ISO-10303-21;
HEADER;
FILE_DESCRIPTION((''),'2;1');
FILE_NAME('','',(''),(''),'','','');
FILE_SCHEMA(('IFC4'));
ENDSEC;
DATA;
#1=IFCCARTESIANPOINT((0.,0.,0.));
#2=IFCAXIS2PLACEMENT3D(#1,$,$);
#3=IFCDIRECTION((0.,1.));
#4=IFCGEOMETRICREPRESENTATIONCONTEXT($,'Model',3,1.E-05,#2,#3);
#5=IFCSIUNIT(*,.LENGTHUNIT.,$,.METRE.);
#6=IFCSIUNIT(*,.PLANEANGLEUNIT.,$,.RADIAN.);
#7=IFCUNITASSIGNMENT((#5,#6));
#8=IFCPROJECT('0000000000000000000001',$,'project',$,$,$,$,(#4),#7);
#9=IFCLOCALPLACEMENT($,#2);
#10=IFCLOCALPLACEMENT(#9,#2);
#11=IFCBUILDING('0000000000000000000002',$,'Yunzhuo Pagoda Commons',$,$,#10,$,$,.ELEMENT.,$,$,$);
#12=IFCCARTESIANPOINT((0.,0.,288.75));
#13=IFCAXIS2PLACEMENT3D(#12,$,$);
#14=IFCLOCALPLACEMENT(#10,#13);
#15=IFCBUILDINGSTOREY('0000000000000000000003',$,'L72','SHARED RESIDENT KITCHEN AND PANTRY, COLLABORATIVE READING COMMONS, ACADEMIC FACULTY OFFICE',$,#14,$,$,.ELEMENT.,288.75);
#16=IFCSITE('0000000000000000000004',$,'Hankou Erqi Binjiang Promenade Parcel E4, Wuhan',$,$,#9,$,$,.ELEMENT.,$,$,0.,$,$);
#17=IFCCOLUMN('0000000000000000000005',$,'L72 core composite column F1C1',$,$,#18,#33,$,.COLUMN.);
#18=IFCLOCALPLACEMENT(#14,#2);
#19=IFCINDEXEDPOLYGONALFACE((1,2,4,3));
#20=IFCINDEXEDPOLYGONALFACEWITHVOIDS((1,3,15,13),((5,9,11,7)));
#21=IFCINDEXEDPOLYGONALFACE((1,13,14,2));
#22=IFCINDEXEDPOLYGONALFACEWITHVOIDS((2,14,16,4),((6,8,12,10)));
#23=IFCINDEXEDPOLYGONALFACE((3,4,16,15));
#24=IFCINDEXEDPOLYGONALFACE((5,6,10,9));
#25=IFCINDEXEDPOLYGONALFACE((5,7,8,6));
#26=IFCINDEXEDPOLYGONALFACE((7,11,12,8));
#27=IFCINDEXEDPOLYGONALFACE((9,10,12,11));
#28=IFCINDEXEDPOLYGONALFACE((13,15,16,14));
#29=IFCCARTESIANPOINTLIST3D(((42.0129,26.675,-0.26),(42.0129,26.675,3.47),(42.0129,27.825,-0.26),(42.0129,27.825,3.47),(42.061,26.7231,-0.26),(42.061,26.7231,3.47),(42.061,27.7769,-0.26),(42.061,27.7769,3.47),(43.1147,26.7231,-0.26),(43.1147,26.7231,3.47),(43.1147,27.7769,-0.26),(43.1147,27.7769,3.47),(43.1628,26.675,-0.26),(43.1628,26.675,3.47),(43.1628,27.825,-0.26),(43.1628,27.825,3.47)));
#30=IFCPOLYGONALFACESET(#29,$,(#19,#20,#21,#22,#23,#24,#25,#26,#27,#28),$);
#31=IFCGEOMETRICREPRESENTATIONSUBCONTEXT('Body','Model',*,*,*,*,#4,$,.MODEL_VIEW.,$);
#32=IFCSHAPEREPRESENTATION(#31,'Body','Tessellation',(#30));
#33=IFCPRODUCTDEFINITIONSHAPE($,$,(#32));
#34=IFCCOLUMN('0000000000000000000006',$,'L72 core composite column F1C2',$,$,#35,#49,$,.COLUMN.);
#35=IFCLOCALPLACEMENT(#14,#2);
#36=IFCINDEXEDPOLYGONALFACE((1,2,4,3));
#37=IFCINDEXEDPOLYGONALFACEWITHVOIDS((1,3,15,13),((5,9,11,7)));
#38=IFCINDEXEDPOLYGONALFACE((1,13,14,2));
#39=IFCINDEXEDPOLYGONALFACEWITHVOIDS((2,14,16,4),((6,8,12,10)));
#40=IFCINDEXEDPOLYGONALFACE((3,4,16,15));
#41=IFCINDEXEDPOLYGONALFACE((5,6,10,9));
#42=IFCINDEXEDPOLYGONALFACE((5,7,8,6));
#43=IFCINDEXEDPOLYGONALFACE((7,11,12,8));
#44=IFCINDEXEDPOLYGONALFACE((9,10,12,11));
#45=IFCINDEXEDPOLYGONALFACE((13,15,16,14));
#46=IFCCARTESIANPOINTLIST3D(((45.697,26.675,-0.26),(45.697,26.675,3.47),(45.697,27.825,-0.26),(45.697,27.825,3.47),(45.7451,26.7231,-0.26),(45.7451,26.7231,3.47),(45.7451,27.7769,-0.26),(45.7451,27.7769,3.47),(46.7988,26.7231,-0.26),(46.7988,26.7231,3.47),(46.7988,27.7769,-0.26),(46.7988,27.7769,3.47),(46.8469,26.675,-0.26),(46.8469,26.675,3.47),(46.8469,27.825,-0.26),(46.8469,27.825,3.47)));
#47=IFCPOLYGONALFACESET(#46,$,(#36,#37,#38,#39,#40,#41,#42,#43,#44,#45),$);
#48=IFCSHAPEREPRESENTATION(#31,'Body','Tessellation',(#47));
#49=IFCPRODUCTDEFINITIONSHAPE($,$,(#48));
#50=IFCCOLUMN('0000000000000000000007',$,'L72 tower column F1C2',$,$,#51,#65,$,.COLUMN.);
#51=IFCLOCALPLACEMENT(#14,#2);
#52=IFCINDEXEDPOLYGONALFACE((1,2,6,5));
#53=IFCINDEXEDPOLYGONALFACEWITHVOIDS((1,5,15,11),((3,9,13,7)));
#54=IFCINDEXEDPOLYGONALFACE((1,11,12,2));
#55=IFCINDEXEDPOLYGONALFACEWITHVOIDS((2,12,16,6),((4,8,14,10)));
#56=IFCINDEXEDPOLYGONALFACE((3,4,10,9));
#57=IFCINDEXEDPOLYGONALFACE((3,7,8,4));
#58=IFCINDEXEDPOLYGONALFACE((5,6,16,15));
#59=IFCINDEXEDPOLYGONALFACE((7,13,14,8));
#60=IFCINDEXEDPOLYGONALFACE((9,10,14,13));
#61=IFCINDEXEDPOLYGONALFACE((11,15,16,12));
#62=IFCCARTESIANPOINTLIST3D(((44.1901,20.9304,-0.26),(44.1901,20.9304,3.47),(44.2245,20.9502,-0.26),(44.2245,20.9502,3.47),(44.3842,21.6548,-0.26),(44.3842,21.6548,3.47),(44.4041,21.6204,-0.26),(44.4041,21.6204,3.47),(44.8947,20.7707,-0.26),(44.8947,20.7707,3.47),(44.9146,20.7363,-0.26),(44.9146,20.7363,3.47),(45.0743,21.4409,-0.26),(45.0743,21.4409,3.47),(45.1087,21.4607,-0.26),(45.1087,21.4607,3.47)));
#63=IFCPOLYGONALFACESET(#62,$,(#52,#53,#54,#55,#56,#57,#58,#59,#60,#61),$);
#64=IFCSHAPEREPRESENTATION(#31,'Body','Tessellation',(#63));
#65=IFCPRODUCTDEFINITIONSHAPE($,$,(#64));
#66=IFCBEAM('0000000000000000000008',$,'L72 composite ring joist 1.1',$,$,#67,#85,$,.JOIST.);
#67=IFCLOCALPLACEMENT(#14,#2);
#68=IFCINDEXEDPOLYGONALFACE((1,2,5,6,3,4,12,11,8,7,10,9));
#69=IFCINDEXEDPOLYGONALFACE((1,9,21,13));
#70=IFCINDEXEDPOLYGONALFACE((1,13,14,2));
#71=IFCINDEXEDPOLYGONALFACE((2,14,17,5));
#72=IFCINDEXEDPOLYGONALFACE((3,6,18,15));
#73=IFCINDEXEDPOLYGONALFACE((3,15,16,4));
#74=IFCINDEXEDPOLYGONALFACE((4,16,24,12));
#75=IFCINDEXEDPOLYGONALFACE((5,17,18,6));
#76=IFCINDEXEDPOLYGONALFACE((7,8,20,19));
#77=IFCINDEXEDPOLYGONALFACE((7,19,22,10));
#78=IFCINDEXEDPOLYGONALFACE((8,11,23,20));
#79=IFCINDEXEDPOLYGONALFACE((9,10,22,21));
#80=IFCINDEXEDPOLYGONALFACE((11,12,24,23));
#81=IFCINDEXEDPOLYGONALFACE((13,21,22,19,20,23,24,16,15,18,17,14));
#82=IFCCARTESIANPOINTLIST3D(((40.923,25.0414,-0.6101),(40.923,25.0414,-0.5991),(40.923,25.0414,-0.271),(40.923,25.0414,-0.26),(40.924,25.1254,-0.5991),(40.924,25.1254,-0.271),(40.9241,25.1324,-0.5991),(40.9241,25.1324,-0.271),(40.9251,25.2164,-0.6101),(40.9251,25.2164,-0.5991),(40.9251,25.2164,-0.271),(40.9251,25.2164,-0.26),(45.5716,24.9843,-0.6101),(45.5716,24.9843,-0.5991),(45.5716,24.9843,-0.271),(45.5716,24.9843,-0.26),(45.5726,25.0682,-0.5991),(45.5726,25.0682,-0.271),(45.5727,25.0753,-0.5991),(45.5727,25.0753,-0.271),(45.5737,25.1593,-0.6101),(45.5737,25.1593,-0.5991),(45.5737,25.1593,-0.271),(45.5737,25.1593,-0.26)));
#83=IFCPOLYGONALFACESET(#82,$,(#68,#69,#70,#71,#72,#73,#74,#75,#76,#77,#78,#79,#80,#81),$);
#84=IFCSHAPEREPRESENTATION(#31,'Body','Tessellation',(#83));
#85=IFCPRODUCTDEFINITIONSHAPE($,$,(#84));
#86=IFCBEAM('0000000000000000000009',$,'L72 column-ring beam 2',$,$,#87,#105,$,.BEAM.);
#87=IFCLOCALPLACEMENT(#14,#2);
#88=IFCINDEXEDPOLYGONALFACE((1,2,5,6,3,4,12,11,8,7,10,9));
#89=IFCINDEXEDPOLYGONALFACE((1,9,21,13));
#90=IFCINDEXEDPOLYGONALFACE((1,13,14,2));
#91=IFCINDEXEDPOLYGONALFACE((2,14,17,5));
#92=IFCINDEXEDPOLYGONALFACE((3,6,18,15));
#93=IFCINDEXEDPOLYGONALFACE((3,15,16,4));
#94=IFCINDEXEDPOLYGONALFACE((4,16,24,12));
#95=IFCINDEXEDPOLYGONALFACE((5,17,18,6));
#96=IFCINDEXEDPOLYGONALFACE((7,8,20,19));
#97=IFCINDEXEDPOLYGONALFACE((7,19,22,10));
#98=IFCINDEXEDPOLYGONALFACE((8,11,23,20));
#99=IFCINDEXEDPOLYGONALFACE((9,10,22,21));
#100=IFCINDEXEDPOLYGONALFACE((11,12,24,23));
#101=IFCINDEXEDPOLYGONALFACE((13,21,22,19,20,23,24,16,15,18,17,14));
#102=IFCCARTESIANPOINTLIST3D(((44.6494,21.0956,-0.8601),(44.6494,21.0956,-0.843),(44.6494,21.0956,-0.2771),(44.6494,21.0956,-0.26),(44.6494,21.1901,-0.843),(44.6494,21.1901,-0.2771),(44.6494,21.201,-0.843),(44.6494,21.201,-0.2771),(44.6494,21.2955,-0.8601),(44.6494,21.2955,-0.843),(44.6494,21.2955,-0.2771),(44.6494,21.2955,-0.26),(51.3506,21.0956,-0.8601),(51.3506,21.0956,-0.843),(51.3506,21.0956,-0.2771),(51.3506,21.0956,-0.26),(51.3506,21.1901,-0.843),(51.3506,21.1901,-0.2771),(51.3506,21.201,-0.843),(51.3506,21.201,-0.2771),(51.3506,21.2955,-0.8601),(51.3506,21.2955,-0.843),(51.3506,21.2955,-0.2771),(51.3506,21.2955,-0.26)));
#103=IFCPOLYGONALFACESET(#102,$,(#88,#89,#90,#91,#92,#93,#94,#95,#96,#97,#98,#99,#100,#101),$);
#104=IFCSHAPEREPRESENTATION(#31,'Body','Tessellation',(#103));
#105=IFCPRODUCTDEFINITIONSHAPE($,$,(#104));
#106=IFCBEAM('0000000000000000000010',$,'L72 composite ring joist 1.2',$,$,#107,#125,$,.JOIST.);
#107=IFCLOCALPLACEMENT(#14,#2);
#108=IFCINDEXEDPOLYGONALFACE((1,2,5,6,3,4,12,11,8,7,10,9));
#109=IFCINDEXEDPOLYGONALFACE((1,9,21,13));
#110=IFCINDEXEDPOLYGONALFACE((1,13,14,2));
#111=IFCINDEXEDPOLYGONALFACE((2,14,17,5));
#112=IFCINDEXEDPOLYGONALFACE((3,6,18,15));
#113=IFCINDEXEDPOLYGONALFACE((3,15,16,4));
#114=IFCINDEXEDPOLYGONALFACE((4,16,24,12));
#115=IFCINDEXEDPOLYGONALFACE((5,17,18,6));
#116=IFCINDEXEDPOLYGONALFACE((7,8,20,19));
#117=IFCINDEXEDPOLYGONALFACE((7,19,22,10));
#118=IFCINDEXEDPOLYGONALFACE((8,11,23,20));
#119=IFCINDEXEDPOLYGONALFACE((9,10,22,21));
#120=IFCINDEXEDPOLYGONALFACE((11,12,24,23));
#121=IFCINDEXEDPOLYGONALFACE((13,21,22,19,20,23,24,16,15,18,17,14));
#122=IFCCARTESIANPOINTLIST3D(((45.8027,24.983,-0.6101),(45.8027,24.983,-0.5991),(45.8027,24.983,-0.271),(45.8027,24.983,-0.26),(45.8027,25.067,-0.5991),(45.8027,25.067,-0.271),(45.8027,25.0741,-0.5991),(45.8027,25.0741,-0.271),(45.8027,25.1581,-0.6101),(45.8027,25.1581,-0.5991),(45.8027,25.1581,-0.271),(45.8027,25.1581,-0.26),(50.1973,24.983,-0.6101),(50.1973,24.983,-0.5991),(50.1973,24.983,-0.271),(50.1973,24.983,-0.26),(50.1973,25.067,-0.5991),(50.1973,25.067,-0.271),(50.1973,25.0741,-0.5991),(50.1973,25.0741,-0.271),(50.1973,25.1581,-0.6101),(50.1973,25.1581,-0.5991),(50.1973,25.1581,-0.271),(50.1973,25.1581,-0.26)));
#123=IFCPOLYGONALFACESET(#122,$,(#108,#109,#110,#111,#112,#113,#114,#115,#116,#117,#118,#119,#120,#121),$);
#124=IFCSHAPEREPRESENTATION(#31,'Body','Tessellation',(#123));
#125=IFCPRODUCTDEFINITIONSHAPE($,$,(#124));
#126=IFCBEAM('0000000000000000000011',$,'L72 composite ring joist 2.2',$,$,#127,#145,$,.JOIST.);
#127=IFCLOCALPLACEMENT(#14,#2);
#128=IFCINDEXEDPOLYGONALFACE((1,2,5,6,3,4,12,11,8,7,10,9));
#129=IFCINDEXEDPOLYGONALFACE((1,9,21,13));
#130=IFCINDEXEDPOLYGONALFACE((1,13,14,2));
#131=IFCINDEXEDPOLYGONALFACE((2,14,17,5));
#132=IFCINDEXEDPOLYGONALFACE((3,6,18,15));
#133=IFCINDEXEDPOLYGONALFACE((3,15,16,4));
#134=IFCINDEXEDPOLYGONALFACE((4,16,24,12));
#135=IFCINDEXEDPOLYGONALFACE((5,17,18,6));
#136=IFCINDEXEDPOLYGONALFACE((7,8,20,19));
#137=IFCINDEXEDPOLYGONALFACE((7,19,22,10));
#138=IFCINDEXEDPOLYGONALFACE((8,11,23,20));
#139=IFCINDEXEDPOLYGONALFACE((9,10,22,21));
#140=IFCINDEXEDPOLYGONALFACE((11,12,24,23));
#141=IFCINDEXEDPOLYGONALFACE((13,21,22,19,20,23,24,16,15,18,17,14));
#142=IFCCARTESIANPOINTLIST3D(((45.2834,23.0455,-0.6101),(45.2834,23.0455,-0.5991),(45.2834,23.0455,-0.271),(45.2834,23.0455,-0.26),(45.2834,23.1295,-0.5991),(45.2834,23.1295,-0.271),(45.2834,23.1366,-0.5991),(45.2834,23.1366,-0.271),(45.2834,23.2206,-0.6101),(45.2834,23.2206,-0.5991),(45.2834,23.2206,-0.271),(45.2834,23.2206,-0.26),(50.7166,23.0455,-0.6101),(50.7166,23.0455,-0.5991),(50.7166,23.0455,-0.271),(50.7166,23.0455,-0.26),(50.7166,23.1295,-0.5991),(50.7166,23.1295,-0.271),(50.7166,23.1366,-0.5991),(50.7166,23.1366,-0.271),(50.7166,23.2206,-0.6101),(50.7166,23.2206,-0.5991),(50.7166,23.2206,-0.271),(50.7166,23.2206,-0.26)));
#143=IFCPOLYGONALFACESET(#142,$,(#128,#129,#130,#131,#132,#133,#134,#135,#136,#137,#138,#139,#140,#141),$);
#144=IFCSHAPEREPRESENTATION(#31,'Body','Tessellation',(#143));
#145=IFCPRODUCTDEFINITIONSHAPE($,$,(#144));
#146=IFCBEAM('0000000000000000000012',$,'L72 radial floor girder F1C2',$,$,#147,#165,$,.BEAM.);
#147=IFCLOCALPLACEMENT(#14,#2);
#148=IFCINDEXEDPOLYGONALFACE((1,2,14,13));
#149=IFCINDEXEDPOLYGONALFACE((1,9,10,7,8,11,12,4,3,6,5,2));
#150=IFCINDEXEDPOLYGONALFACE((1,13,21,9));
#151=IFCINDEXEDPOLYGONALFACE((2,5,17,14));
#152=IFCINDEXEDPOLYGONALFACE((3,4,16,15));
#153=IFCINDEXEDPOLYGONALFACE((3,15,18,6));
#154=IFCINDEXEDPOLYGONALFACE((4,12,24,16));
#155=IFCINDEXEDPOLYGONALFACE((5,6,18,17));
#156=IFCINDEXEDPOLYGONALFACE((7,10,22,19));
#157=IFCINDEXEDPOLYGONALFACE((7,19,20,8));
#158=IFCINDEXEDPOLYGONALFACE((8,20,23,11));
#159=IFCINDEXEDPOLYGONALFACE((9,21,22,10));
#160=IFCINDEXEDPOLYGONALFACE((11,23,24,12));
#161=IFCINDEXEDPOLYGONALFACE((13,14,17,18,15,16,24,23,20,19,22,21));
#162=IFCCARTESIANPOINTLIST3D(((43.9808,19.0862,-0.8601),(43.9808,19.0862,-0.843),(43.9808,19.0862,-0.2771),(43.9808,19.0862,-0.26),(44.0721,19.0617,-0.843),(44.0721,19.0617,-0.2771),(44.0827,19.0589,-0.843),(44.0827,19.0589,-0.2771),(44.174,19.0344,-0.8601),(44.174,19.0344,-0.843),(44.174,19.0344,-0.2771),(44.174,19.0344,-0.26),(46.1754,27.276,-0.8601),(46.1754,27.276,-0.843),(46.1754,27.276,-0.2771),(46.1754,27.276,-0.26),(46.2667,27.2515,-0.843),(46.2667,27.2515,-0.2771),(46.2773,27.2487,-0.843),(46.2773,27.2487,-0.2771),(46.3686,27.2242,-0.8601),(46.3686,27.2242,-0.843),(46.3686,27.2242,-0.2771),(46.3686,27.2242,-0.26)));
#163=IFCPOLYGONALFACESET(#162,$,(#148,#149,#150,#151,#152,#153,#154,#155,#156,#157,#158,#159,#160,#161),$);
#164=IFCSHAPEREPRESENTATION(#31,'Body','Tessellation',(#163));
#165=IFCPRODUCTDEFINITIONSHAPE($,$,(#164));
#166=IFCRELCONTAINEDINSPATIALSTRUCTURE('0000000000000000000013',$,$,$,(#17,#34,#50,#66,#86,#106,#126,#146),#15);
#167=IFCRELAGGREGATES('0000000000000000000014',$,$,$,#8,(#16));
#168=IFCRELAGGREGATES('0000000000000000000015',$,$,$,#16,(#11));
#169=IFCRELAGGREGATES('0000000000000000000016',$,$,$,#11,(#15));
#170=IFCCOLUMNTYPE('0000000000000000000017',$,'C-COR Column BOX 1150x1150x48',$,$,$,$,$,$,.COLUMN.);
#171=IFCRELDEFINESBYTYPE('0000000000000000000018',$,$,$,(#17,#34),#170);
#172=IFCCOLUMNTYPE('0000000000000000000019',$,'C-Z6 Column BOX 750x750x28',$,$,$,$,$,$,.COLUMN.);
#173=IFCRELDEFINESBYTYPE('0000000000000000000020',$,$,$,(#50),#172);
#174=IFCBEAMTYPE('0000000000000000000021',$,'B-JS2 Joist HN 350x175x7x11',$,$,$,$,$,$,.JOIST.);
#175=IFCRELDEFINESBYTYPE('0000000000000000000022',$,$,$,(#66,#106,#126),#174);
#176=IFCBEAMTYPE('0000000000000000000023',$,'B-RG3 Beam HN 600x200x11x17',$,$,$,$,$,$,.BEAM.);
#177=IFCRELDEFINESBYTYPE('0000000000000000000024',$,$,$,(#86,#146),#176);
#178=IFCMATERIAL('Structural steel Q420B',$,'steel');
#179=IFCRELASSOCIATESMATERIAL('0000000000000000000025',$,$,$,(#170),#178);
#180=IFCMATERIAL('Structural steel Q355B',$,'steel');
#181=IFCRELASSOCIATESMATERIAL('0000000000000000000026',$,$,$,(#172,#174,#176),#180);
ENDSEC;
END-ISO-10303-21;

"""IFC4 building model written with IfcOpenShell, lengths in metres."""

from ifc_helpers import new_model, si_unit, direction, frame, origin, origin_2d, place, context, subcontext, project, spatial, hollow_rectangle, i_section, extrude, source, transform, mapped, material, material_profile, profile_set, type_object, element, save


model = new_model("IFC4")

# Units and contexts
model_context = context("Model", 3, precision=1e-05, world=origin(), true_north=direction((0.0, 1.0)))
body_context = subcontext(model_context, "Body", "Model", "MODEL_VIEW")
ifc_project = project(units=[si_unit("LENGTHUNIT", "METRE"), si_unit("PLANEANGLEUNIT", "RADIAN")], contexts=[model_context])

# Site, building, storey
site_placement = place(None, origin())
site = spatial("IfcSite", under=ifc_project, at=site_placement, Name="Hankou Erqi Binjiang Promenade Parcel E4, Wuhan", CompositionType="ELEMENT", RefElevation=0.0)
building_placement = place(site_placement, origin())
building = spatial("IfcBuilding", under=site, at=building_placement, Name="Yunzhuo Pagoda Commons", CompositionType="ELEMENT")
storey_placement = place(building_placement, frame((0.0, 0.0, 288.75)))
storey = spatial("IfcBuildingStorey", under=building, at=storey_placement, Name="L72", Description="SHARED RESIDENT KITCHEN AND PANTRY, COLLABORATIVE READING COMMONS, ACADEMIC FACULTY OFFICE", CompositionType="ELEMENT", Elevation=288.75)

# Columns
ifc_material_1 = material(Name="Structural steel Q420B", Category="steel")
ifc_material_profile_1 = material_profile(ifc_material_1, hollow_rectangle(XDim=1.1499, YDim=1.1499, WallThickness=0.0481, at=origin_2d()), Name="Structural steel Q420B")
ifc_profile_set_1 = profile_set([ifc_material_profile_1], Name="Structural steel Q420B")
column_type_1 = type_object("IfcColumnType", Name="C-COR Column BOX 1150x1150x48", PredefinedType="COLUMN", material=ifc_profile_set_1)
shared_shape_1 = source(origin(), body_context, "Body", "SweptSolid", [
    extrude(hollow_rectangle(XDim=1.1499, YDim=1.1499, WallThickness=0.0481, at=origin_2d()), origin(), (0.0, 0.0, 1.0), 3.73),
])
for number, where, z_axis, x_axis, name in (
    (1, (42.5879, 27.25, -0.26), (0.0, 0.0, 1.0), (1.0, 0.0, 0.0), "L72 core composite column F1C1"),
    (2, (46.272, 27.25, -0.26), (0.0, 0.0, 1.0), (1.0, 0.0, 0.0), "L72 core composite column F1C2"),
):
    element("IfcColumn", number, at=place(storey_placement, frame(where, z_axis=z_axis, x_axis=x_axis)), inside=storey, type_object=column_type_1, Name=name, PredefinedType="COLUMN", context=body_context, shape_type="MappedRepresentation", body=[
        mapped(shared_shape_1, transform((0.0, 0.0, 0.0), scale=1.0)),
    ])
ifc_material_2 = material(Name="Structural steel Q355B", Category="steel")
ifc_material_profile_2 = material_profile(ifc_material_2, hollow_rectangle(XDim=0.75, YDim=0.75, WallThickness=0.0281, at=origin_2d()), Name="Structural steel Q355B")
ifc_profile_set_2 = profile_set([ifc_material_profile_2], Name="Structural steel Q355B")
column_type_2 = type_object("IfcColumnType", Name="C-Z6 Column BOX 750x750x28", PredefinedType="COLUMN", material=ifc_profile_set_2)
shared_shape_2 = source(origin(), body_context, "Body", "SweptSolid", [
    extrude(hollow_rectangle(XDim=0.75, YDim=0.75, WallThickness=0.0281, at=origin_2d()), origin(), (0.0, 0.0, 1.0), 3.73),
])
column_placement = place(storey_placement, frame((44.6494, 21.1956, -0.26), z_axis=(0.0, 0.0, 1.0), x_axis=(0.965926, -0.258819, 0.0)))
element("IfcColumn", 3, at=column_placement, inside=storey, type_object=column_type_2, Name="L72 tower column F1C2", PredefinedType="COLUMN", context=body_context, shape_type="MappedRepresentation", body=[
    mapped(shared_shape_2, transform((0.0, 0.0, 0.0), scale=1.0)),
])

# Beams
ifc_material_profile_3 = material_profile(ifc_material_2, i_section(OverallWidth=0.175, OverallDepth=0.3501, WebThickness=0.0071, FlangeThickness=0.011, at=origin_2d()), Name="Structural steel Q355B")
ifc_profile_set_3 = profile_set([ifc_material_profile_3], Name="Structural steel Q355B")
beam_type_1 = type_object("IfcBeamType", Name="B-JS2 Joist HN 350x175x7x11", PredefinedType="JOIST", material=ifc_profile_set_3)
shared_shape_3 = source(origin(), body_context, "Body", "SweptSolid", [
    extrude(i_section(OverallWidth=0.175, OverallDepth=0.3501, WebThickness=0.0071, FlangeThickness=0.011, at=origin_2d()), origin(), (0.0, 0.0, 1.0), 4.6489),
])
beam_1_placement = place(storey_placement, frame((40.9241, 25.1289, -0.4351), z_axis=(0.999924, -0.012288, 0.0), x_axis=(0.012288, 0.999924, 0.0)))
element("IfcBeam", 4, at=beam_1_placement, inside=storey, type_object=beam_type_1, Name="L72 composite ring joist 1.1", PredefinedType="JOIST", context=body_context, shape_type="MappedRepresentation", body=[
    mapped(shared_shape_3, transform((0.0, 0.0, 0.0), scale=1.0)),
])
ifc_material_profile_4 = material_profile(ifc_material_2, i_section(OverallWidth=0.2, OverallDepth=0.6001, WebThickness=0.011, FlangeThickness=0.0171, at=origin_2d()), Name="Structural steel Q355B")
ifc_profile_set_4 = profile_set([ifc_material_profile_4], Name="Structural steel Q355B")
beam_type_2 = type_object("IfcBeamType", Name="B-RG3 Beam HN 600x200x11x17", PredefinedType="BEAM", material=ifc_profile_set_4)
shared_shape_4 = source(origin(), body_context, "Body", "SweptSolid", [
    extrude(i_section(OverallWidth=0.2, OverallDepth=0.6001, WebThickness=0.011, FlangeThickness=0.0171, at=origin_2d()), origin(), (0.0, 0.0, 1.0), 6.7012),
])
beam_2_placement = place(storey_placement, frame((44.6494, 21.1956, -0.5601), z_axis=(1.0, 0.0, 0.0), x_axis=(0.0, 1.0, 0.0)))
element("IfcBeam", 5, at=beam_2_placement, inside=storey, type_object=beam_type_2, Name="L72 column-ring beam 2", PredefinedType="BEAM", context=body_context, shape_type="MappedRepresentation", body=[
    mapped(shared_shape_4, transform((0.0, 0.0, 0.0), scale=1.0)),
])
shared_shape_5 = source(origin(), body_context, "Body", "SweptSolid", [
    extrude(i_section(OverallWidth=0.175, OverallDepth=0.3501, WebThickness=0.0071, FlangeThickness=0.011, at=origin_2d()), origin(), (0.0, 0.0, 1.0), 4.3945),
])
beam_3_placement = place(storey_placement, frame((45.8027, 25.0706, -0.4351), z_axis=(1.0, 0.0, 0.0), x_axis=(0.0, 1.0, 0.0)))
element("IfcBeam", 6, at=beam_3_placement, inside=storey, type_object=beam_type_1, Name="L72 composite ring joist 1.2", PredefinedType="JOIST", context=body_context, shape_type="MappedRepresentation", body=[
    mapped(shared_shape_5, transform((0.0, 0.0, 0.0), scale=1.0)),
])
shared_shape_6 = source(origin(), body_context, "Body", "SweptSolid", [
    extrude(i_section(OverallWidth=0.175, OverallDepth=0.3501, WebThickness=0.0071, FlangeThickness=0.011, at=origin_2d()), origin(), (0.0, 0.0, 1.0), 5.4331),
])
beam_4_placement = place(storey_placement, frame((45.2834, 23.1331, -0.4351), z_axis=(1.0, 0.0, 0.0), x_axis=(0.0, 1.0, 0.0)))
element("IfcBeam", 7, at=beam_4_placement, inside=storey, type_object=beam_type_1, Name="L72 composite ring joist 2.2", PredefinedType="JOIST", context=body_context, shape_type="MappedRepresentation", body=[
    mapped(shared_shape_6, transform((0.0, 0.0, 0.0), scale=1.0)),
])
shared_shape_7 = source(origin(), body_context, "Body", "SweptSolid", [
    extrude(i_section(OverallWidth=0.2, OverallDepth=0.6001, WebThickness=0.011, FlangeThickness=0.0171, at=origin_2d()), origin(), (0.0, 0.0, 1.0), 8.4788),
])
beam_5_placement = place(storey_placement, frame((44.0774, 19.0603, -0.5601), z_axis=(0.258836, 0.965921, 0.0), x_axis=(-0.965921, 0.258836, 0.0)))
element("IfcBeam", 8, at=beam_5_placement, inside=storey, type_object=beam_type_2, Name="L72 radial floor girder F1C2", PredefinedType="BEAM", context=body_context, shape_type="MappedRepresentation", body=[
    mapped(shared_shape_7, transform((0.0, 0.0, 0.0), scale=1.0)),
])

save(model, "model.ifc")
